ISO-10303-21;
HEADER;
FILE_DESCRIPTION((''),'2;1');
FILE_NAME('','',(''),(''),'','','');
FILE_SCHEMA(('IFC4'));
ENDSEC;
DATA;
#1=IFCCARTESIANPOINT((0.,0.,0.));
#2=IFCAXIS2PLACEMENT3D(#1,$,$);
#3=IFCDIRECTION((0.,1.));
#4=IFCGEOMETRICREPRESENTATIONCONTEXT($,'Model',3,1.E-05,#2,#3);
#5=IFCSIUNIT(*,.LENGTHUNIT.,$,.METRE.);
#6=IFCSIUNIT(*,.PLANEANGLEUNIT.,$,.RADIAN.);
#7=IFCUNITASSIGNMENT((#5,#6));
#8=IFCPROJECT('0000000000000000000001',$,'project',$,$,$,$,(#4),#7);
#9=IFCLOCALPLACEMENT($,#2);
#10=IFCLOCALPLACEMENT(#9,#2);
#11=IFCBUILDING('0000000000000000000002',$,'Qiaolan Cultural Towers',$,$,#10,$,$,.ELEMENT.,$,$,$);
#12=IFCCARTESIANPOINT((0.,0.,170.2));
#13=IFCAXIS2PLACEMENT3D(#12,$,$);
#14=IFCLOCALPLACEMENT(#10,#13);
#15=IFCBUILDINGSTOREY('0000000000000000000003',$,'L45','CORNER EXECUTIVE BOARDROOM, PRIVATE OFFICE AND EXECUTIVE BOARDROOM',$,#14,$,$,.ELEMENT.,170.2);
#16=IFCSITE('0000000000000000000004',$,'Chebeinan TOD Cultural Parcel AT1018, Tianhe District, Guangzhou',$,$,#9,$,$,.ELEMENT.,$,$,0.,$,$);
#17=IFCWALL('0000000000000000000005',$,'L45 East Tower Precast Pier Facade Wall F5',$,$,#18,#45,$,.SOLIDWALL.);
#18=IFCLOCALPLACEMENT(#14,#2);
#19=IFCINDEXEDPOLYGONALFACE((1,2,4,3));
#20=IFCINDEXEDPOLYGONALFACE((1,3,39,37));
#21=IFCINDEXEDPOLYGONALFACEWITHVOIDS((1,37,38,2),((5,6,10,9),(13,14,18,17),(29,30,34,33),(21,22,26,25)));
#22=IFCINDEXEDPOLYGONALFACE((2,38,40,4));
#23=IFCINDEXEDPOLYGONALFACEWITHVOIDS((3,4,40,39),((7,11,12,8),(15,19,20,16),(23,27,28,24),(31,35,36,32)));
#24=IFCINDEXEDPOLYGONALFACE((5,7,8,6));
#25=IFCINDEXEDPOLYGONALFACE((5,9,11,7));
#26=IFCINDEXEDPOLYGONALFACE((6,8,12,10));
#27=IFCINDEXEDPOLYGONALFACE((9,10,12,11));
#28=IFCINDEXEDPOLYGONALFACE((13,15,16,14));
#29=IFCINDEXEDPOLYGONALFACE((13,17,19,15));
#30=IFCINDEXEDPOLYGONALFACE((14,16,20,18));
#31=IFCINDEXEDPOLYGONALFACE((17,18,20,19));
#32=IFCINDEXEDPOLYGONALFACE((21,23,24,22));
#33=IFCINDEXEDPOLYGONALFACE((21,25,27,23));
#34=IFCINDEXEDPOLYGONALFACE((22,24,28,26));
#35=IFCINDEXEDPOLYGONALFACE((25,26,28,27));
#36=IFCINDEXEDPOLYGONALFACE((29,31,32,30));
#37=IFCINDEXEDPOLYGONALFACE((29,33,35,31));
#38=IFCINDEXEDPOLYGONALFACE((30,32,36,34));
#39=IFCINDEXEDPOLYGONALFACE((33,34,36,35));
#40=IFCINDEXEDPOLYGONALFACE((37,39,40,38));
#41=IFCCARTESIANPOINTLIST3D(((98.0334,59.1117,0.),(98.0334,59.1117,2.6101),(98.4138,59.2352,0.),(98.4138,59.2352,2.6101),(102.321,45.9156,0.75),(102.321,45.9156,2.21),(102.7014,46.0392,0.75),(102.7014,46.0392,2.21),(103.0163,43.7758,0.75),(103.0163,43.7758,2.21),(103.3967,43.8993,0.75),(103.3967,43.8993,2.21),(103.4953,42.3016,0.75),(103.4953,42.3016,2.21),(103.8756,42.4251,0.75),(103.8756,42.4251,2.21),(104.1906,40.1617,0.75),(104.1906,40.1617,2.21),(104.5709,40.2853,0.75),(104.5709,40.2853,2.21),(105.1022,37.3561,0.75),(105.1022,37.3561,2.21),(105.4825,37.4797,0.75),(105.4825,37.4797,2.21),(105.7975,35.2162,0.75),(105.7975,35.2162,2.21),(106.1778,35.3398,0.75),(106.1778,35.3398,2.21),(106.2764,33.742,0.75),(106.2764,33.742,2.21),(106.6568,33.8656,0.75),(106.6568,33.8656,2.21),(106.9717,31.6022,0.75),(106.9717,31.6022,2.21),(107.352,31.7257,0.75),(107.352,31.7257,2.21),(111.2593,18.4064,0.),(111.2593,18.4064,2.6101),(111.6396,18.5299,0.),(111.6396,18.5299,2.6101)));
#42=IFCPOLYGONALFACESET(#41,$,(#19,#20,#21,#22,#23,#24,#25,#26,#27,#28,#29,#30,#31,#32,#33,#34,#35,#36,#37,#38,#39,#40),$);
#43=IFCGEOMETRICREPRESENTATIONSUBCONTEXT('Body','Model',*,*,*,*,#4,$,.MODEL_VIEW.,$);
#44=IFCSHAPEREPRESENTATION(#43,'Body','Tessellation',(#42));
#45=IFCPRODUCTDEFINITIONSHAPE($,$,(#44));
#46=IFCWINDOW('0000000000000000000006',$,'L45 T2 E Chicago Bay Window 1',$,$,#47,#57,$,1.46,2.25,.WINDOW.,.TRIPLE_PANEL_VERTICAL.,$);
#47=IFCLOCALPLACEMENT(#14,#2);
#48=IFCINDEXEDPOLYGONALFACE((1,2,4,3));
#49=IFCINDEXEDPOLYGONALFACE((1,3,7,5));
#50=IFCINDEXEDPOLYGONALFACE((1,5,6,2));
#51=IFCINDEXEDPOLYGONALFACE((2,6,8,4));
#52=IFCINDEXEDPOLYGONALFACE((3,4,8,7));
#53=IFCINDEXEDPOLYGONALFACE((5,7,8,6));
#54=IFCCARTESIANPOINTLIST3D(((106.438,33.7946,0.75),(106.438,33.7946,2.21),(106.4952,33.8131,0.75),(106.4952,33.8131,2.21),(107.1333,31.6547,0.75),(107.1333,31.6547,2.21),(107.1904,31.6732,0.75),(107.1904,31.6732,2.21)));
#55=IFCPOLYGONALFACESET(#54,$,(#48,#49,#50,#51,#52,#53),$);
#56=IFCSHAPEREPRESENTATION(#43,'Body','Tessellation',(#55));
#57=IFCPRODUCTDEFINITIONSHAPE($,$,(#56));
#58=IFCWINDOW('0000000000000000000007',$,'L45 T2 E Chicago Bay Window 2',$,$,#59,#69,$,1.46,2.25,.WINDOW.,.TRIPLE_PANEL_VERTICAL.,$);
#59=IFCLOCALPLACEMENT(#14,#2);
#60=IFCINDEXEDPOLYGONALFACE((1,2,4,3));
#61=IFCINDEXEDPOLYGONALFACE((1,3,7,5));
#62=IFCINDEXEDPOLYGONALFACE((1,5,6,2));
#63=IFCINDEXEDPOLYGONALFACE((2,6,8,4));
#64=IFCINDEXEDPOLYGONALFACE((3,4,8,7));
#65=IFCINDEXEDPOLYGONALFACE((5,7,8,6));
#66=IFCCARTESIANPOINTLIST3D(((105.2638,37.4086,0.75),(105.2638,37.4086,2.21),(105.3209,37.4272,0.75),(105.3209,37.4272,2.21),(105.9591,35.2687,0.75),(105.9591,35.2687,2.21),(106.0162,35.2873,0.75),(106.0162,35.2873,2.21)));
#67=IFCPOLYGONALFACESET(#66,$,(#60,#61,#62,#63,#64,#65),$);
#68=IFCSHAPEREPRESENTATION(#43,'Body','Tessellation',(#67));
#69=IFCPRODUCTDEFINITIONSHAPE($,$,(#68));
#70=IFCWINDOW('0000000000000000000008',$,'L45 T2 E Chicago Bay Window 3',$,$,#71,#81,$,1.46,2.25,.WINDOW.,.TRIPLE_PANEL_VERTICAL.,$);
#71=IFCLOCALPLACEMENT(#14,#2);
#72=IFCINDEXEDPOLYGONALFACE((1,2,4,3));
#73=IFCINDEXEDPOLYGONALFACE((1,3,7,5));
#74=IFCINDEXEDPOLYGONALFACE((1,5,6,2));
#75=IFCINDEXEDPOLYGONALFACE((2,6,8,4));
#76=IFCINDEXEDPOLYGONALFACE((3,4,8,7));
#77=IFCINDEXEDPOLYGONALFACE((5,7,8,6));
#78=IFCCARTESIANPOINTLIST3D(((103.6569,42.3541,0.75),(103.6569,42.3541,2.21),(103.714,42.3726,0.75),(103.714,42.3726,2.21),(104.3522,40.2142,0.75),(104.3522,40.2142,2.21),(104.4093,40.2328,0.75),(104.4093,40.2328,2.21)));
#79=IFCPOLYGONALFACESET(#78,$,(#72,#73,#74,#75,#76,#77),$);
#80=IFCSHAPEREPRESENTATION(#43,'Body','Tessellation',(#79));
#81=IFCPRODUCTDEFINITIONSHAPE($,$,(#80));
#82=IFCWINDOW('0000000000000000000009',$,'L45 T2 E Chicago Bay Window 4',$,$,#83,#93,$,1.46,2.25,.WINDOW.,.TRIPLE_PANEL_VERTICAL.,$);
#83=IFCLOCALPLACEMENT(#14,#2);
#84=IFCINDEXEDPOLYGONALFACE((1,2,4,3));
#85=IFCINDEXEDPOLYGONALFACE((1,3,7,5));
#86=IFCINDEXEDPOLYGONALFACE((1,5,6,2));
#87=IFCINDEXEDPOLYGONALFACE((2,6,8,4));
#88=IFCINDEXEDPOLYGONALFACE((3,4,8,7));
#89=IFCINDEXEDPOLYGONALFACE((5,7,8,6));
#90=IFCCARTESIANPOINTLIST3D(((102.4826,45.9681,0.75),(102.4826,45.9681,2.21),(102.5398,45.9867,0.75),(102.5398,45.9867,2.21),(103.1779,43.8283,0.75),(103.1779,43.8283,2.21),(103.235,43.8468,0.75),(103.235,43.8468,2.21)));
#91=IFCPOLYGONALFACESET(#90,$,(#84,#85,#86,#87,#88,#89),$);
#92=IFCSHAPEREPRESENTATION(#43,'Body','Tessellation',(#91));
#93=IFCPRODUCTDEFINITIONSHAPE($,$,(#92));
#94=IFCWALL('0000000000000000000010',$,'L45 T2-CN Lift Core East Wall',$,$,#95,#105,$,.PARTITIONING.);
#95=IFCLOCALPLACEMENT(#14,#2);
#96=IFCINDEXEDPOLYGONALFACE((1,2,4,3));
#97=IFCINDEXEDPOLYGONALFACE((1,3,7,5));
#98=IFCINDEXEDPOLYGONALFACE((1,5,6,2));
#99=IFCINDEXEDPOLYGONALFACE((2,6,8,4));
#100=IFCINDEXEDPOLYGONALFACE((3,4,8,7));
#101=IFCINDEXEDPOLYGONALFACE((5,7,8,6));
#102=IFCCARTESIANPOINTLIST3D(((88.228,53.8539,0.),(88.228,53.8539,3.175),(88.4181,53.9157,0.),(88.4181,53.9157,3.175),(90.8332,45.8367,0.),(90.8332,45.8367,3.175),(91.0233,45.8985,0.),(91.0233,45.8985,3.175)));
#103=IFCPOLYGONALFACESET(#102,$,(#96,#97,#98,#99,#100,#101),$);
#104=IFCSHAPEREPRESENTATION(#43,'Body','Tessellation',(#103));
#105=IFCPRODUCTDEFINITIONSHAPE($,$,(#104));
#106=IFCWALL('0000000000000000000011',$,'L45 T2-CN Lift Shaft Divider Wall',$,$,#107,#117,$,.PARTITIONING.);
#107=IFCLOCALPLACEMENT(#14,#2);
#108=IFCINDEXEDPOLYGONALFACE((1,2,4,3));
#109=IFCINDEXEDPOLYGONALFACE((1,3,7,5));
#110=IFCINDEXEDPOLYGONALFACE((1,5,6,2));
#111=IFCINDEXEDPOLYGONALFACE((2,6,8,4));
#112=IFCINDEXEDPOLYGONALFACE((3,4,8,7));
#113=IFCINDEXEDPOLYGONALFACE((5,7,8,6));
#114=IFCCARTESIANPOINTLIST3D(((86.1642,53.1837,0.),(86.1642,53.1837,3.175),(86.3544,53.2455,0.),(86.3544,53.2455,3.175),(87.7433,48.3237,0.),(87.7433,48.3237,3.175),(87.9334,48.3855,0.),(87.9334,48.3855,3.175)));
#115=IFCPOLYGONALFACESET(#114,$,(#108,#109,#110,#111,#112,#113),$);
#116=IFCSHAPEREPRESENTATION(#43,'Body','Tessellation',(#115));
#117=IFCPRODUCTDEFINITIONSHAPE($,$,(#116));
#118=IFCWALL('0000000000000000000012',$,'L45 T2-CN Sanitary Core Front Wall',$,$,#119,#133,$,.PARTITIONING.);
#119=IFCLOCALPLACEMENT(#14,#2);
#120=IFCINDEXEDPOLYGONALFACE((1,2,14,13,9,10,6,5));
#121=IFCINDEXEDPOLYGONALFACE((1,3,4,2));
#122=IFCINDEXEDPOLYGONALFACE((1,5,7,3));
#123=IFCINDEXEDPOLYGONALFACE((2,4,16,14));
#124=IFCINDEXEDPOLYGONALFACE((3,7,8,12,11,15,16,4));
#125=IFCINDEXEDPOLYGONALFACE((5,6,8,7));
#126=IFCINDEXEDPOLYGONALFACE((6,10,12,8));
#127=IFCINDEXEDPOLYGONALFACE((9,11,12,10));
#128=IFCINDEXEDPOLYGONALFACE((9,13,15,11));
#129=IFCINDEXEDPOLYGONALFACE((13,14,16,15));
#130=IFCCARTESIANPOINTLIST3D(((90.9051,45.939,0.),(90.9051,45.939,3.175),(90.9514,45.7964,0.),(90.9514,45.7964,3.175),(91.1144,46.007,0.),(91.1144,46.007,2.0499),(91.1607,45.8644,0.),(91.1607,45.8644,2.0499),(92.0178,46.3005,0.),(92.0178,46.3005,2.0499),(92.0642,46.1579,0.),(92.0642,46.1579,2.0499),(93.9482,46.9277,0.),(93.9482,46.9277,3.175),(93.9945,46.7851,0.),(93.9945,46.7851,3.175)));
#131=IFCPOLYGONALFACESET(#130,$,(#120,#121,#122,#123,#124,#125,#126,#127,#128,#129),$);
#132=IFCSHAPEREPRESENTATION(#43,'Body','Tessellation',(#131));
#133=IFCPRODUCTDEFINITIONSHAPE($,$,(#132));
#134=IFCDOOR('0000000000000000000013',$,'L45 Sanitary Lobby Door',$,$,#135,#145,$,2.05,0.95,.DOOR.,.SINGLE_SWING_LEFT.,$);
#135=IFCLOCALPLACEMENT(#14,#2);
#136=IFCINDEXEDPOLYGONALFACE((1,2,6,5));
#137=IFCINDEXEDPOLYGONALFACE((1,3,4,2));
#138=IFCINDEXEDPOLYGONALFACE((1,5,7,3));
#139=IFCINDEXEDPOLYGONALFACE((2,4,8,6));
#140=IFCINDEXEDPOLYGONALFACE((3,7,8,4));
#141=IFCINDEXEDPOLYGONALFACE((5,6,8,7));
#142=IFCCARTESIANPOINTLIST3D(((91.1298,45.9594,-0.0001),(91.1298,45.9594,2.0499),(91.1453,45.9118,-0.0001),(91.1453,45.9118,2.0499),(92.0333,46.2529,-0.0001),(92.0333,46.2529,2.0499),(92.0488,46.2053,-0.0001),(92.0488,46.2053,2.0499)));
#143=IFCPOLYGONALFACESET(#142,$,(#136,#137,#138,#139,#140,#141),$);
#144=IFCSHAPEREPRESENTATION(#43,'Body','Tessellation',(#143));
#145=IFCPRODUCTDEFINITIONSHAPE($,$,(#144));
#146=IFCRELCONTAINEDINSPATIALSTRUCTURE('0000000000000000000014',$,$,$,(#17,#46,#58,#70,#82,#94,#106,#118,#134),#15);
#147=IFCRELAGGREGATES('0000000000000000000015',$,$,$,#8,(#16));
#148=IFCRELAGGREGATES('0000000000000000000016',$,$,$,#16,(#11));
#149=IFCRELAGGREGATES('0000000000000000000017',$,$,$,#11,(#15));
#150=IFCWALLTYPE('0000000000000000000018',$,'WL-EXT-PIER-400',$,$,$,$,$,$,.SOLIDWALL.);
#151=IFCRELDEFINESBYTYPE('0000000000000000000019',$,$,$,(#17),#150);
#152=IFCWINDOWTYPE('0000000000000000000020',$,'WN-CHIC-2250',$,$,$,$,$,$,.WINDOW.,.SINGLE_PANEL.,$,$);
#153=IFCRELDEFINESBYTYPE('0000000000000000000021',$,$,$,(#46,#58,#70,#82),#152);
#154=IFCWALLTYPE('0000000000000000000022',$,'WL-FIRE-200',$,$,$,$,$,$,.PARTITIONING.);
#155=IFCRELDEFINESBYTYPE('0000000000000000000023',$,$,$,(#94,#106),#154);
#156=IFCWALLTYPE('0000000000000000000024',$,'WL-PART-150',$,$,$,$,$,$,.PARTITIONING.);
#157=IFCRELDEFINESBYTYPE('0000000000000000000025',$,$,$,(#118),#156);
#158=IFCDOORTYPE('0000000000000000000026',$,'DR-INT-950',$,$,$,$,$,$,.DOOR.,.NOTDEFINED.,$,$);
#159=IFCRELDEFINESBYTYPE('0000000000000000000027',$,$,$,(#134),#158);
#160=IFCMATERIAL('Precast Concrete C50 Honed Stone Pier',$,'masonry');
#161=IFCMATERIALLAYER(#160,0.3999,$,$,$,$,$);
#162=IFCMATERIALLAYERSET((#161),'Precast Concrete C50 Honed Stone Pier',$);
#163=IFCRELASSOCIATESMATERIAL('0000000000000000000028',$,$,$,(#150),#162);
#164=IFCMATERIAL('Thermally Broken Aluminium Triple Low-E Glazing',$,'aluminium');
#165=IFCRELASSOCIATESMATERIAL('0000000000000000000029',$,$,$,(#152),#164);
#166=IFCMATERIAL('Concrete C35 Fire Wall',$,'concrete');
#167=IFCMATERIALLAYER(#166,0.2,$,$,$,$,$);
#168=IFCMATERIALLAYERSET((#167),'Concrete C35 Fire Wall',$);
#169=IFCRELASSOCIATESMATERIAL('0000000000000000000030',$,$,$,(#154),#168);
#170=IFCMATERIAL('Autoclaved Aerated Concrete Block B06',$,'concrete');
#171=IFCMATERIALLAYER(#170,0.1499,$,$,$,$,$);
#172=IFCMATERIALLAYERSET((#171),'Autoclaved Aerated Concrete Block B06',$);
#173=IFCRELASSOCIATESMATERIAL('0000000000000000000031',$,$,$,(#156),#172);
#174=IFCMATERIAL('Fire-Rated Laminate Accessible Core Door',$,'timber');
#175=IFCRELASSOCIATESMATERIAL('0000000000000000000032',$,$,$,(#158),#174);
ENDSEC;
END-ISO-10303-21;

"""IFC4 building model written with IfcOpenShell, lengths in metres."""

from ifc_helpers import new_model, si_unit, direction, frame, frame_2d, origin, place, context, subcontext, project, spatial, rectangle, extrude, material, layer, layer_set, type_object, element, fill, save


model = new_model("IFC4")

# Units and contexts
model_context = context("Model", 3, precision=1e-05, world=origin(), true_north=direction((0.0, 1.0)))
body_context = subcontext(model_context, "Body", "Model", "MODEL_VIEW")
ifc_project = project(units=[si_unit("LENGTHUNIT", "METRE"), si_unit("PLANEANGLEUNIT", "RADIAN")], contexts=[model_context])

# Site, building, storey
site_placement = place(None, origin())
site = spatial("IfcSite", under=ifc_project, at=site_placement, Name="Chebeinan TOD Cultural Parcel AT1018, Tianhe District, Guangzhou", CompositionType="ELEMENT", RefElevation=0.0)
building_placement = place(site_placement, origin())
building = spatial("IfcBuilding", under=site, at=building_placement, Name="Qiaolan Cultural Towers", CompositionType="ELEMENT")
storey_placement = place(building_placement, frame((0.0, 0.0, 170.2)))
storey = spatial("IfcBuildingStorey", under=building, at=storey_placement, Name="L45", Description="CORNER EXECUTIVE BOARDROOM, PRIVATE OFFICE AND EXECUTIVE BOARDROOM", CompositionType="ELEMENT", Elevation=170.2)

# Shared definitions
ifc_material_1 = material(Name="Precast Concrete C50 Honed Stone Pier", Category="masonry")
ifc_layer_1 = layer(ifc_material_1, 0.3999)
ifc_layer_set_1 = layer_set([ifc_layer_1], Name="Precast Concrete C50 Honed Stone Pier")
wall_type_1 = type_object("IfcWallType", Name="WL-EXT-PIER-400", PredefinedType="SOLIDWALL", material=ifc_layer_set_1)

# Wall, openings, windows
wall_1_placement = place(storey_placement, frame((98.2236, 59.1733, 0.0), z_axis=(0.0, 0.0, 1.0), x_axis=(0.309014, -0.951057, 0.0)))
wall_1 = element("IfcWall", 1, at=wall_1_placement, inside=storey, type_object=wall_type_1, Name="L45 East Tower Precast Pier Facade Wall F5", PredefinedType="SOLIDWALL", context=body_context, shape_type="SweptSolid", body=[
    extrude(rectangle(XDim=42.8, YDim=0.3999, at=frame_2d((21.3999, 0.0))), origin(), (0.0, 0.0, 1.0), 2.6101),
])
opening_1_placement = place(wall_1_placement, frame((26.675, 0.0, 0.75)))
opening_1 = element("IfcOpeningElement", 2, at=opening_1_placement, cuts=wall_1, PredefinedType="OPENING", context=body_context, shape_type="SweptSolid", body=[
    extrude(rectangle(XDim=2.25, YDim=1.46, at=frame_2d((1.125, 0.73))), frame((0.0, 0.21, 0.0), z_axis=(0.0, -1.0, 0.0), x_axis=(1.0, 0.0, 0.0)), (0.0, 0.0, 1.0), 0.4199),
])
opening_2_placement = place(wall_1_placement, frame((22.875, 0.0, 0.75)))
opening_2 = element("IfcOpeningElement", 3, at=opening_2_placement, cuts=wall_1, PredefinedType="OPENING", context=body_context, shape_type="SweptSolid", body=[
    extrude(rectangle(XDim=2.25, YDim=1.46, at=frame_2d((1.125, 0.73))), frame((0.0, 0.21, 0.0), z_axis=(0.0, -1.0, 0.0), x_axis=(1.0, 0.0, 0.0)), (0.0, 0.0, 1.0), 0.4199),
])
opening_3_placement = place(wall_1_placement, frame((17.675, 0.0, 0.75)))
opening_3 = element("IfcOpeningElement", 4, at=opening_3_placement, cuts=wall_1, PredefinedType="OPENING", context=body_context, shape_type="SweptSolid", body=[
    extrude(rectangle(XDim=2.25, YDim=1.46, at=frame_2d((1.125, 0.73))), frame((0.0, 0.21, 0.0), z_axis=(0.0, -1.0, 0.0), x_axis=(1.0, 0.0, 0.0)), (0.0, 0.0, 1.0), 0.4199),
])
opening_4_placement = place(wall_1_placement, frame((13.875, 0.0, 0.75)))
opening_4 = element("IfcOpeningElement", 5, at=opening_4_placement, cuts=wall_1, PredefinedType="OPENING", context=body_context, shape_type="SweptSolid", body=[
    extrude(rectangle(XDim=2.25, YDim=1.46, at=frame_2d((1.125, 0.73))), frame((0.0, 0.21, 0.0), z_axis=(0.0, -1.0, 0.0), x_axis=(1.0, 0.0, 0.0)), (0.0, 0.0, 1.0), 0.4199),
])
ifc_material_2 = material(Name="Thermally Broken Aluminium Triple Low-E Glazing", Category="aluminium")
window_type = type_object("IfcWindowType", Name="WN-CHIC-2250", PartitioningType="SINGLE_PANEL", PredefinedType="WINDOW", material=ifc_material_2)
window_1_placement = place(opening_1_placement, origin())
window_1 = element("IfcWindow", 6, at=window_1_placement, inside=storey, type_object=window_type, Name="L45 T2 E Chicago Bay Window 1", OverallHeight=1.46, OverallWidth=2.25, PartitioningType="TRIPLE_PANEL_VERTICAL", PredefinedType="WINDOW", context=body_context, shape_type="SweptSolid", body=[
    extrude(rectangle(XDim=2.25, YDim=1.46, at=frame_2d((1.125, 0.73))), frame((0.0, 0.03, 0.0), z_axis=(0.0, -1.0, 0.0), x_axis=(1.0, 0.0, 0.0)), (0.0, 0.0, 1.0), 0.0601),
])
fill(opening_1, window_1)
window_2_placement = place(opening_2_placement, origin())
window_2 = element("IfcWindow", 7, at=window_2_placement, inside=storey, type_object=window_type, Name="L45 T2 E Chicago Bay Window 2", OverallHeight=1.46, OverallWidth=2.25, PartitioningType="TRIPLE_PANEL_VERTICAL", PredefinedType="WINDOW", context=body_context, shape_type="SweptSolid", body=[
    extrude(rectangle(XDim=2.25, YDim=1.46, at=frame_2d((1.125, 0.73))), frame((0.0, 0.03, 0.0), z_axis=(0.0, -1.0, 0.0), x_axis=(1.0, 0.0, 0.0)), (0.0, 0.0, 1.0), 0.0601),
])
fill(opening_2, window_2)
window_3_placement = place(opening_3_placement, origin())
window_3 = element("IfcWindow", 8, at=window_3_placement, inside=storey, type_object=window_type, Name="L45 T2 E Chicago Bay Window 3", OverallHeight=1.46, OverallWidth=2.25, PartitioningType="TRIPLE_PANEL_VERTICAL", PredefinedType="WINDOW", context=body_context, shape_type="SweptSolid", body=[
    extrude(rectangle(XDim=2.25, YDim=1.46, at=frame_2d((1.125, 0.73))), frame((0.0, 0.03, 0.0), z_axis=(0.0, -1.0, 0.0), x_axis=(1.0, 0.0, 0.0)), (0.0, 0.0, 1.0), 0.0601),
])
fill(opening_3, window_3)
window_4_placement = place(opening_4_placement, origin())
window_4 = element("IfcWindow", 9, at=window_4_placement, inside=storey, type_object=window_type, Name="L45 T2 E Chicago Bay Window 4", OverallHeight=1.46, OverallWidth=2.25, PartitioningType="TRIPLE_PANEL_VERTICAL", PredefinedType="WINDOW", context=body_context, shape_type="SweptSolid", body=[
    extrude(rectangle(XDim=2.25, YDim=1.46, at=frame_2d((1.125, 0.73))), frame((0.0, 0.03, 0.0), z_axis=(0.0, -1.0, 0.0), x_axis=(1.0, 0.0, 0.0)), (0.0, 0.0, 1.0), 0.0601),
])
fill(opening_4, window_4)

# Walls
ifc_material_3 = material(Name="Concrete C35 Fire Wall", Category="concrete")
ifc_layer_2 = layer(ifc_material_3, 0.2)
ifc_layer_set_2 = layer_set([ifc_layer_2], Name="Concrete C35 Fire Wall")
wall_type_2 = type_object("IfcWallType", Name="WL-FIRE-200", PredefinedType="PARTITIONING", material=ifc_layer_set_2)
wall_2_placement = place(storey_placement, frame((90.9282, 45.8677, 0.0), z_axis=(0.0, 0.0, 1.0), x_axis=(-0.309042, 0.951048, 0.0)))
element("IfcWall", 10, at=wall_2_placement, inside=storey, type_object=wall_type_2, Name="L45 T2-CN Lift Core East Wall", PredefinedType="PARTITIONING", context=body_context, shape_type="SweptSolid", body=[
    extrude(rectangle(XDim=8.4299, YDim=0.2, at=frame_2d((4.2148, 0.0))), origin(), (0.0, 0.0, 1.0), 3.175),
])
wall_3_placement = place(storey_placement, frame((87.8384, 48.3545, 0.0), z_axis=(0.0, 0.0, 1.0), x_axis=(-0.309009, 0.951059, 0.0)))
element("IfcWall", 11, at=wall_3_placement, inside=storey, type_object=wall_type_2, Name="L45 T2-CN Lift Shaft Divider Wall", PredefinedType="PARTITIONING", context=body_context, shape_type="SweptSolid", body=[
    extrude(rectangle(XDim=5.1101, YDim=0.2, at=frame_2d((2.5552, 0.0))), origin(), (0.0, 0.0, 1.0), 3.175),
])

# Wall, opening, door
ifc_material_4 = material(Name="Autoclaved Aerated Concrete Block B06", Category="concrete")
ifc_layer_3 = layer(ifc_material_4, 0.1499)
ifc_layer_set_3 = layer_set([ifc_layer_3], Name="Autoclaved Aerated Concrete Block B06")
wall_type_3 = type_object("IfcWallType", Name="WL-PART-150", PredefinedType="PARTITIONING", material=ifc_layer_set_3)
wall_4_placement = place(storey_placement, frame((90.9282, 45.8677, 0.0), z_axis=(0.0, 0.0, 1.0), x_axis=(0.951059, 0.309008, 0.0)))
wall_4 = element("IfcWall", 12, at=wall_4_placement, inside=storey, type_object=wall_type_3, Name="L45 T2-CN Sanitary Core Front Wall", PredefinedType="PARTITIONING", context=body_context, shape_type="SweptSolid", body=[
    extrude(rectangle(XDim=3.1997, YDim=0.1499, at=frame_2d((1.5999, 0.0))), origin(), (0.0, 0.0, 1.0), 3.175),
])
opening_5_placement = place(wall_4_placement, frame((0.22, 0.0, 0.0)))
opening_5 = element("IfcOpeningElement", 13, at=opening_5_placement, cuts=wall_4, PredefinedType="OPENING", context=body_context, shape_type="SweptSolid", body=[
    extrude(rectangle(XDim=0.95, YDim=2.05, at=frame_2d((0.4751, 1.0249))), frame((0.0, 0.085, 0.0), z_axis=(0.0, -1.0, 0.0), x_axis=(1.0, 0.0, 0.0)), (0.0, 0.0, 1.0), 0.1699),
])
ifc_material_5 = material(Name="Fire-Rated Laminate Accessible Core Door", Category="timber")
door_type_1 = type_object("IfcDoorType", Name="DR-INT-950", OperationType="NOTDEFINED", PredefinedType="DOOR", material=ifc_material_5)
door_1_placement = place(opening_5_placement, origin())
door_1 = element("IfcDoor", 14, at=door_1_placement, inside=storey, type_object=door_type_1, Name="L45 Sanitary Lobby Door", OperationType="SINGLE_SWING_LEFT", OverallHeight=2.05, OverallWidth=0.95, PredefinedType="DOOR", context=body_context, shape_type="SweptSolid", body=[
    extrude(rectangle(XDim=0.95, YDim=2.05, at=frame_2d((0.4751, 1.0249))), frame((0.0, 0.0249, 0.0), z_axis=(0.0, -1.0, 0.0), x_axis=(1.0, 0.0, 0.0)), (0.0, 0.0, 1.0), 0.05),
])
fill(opening_5, door_1)

save(model, "model.ifc")
